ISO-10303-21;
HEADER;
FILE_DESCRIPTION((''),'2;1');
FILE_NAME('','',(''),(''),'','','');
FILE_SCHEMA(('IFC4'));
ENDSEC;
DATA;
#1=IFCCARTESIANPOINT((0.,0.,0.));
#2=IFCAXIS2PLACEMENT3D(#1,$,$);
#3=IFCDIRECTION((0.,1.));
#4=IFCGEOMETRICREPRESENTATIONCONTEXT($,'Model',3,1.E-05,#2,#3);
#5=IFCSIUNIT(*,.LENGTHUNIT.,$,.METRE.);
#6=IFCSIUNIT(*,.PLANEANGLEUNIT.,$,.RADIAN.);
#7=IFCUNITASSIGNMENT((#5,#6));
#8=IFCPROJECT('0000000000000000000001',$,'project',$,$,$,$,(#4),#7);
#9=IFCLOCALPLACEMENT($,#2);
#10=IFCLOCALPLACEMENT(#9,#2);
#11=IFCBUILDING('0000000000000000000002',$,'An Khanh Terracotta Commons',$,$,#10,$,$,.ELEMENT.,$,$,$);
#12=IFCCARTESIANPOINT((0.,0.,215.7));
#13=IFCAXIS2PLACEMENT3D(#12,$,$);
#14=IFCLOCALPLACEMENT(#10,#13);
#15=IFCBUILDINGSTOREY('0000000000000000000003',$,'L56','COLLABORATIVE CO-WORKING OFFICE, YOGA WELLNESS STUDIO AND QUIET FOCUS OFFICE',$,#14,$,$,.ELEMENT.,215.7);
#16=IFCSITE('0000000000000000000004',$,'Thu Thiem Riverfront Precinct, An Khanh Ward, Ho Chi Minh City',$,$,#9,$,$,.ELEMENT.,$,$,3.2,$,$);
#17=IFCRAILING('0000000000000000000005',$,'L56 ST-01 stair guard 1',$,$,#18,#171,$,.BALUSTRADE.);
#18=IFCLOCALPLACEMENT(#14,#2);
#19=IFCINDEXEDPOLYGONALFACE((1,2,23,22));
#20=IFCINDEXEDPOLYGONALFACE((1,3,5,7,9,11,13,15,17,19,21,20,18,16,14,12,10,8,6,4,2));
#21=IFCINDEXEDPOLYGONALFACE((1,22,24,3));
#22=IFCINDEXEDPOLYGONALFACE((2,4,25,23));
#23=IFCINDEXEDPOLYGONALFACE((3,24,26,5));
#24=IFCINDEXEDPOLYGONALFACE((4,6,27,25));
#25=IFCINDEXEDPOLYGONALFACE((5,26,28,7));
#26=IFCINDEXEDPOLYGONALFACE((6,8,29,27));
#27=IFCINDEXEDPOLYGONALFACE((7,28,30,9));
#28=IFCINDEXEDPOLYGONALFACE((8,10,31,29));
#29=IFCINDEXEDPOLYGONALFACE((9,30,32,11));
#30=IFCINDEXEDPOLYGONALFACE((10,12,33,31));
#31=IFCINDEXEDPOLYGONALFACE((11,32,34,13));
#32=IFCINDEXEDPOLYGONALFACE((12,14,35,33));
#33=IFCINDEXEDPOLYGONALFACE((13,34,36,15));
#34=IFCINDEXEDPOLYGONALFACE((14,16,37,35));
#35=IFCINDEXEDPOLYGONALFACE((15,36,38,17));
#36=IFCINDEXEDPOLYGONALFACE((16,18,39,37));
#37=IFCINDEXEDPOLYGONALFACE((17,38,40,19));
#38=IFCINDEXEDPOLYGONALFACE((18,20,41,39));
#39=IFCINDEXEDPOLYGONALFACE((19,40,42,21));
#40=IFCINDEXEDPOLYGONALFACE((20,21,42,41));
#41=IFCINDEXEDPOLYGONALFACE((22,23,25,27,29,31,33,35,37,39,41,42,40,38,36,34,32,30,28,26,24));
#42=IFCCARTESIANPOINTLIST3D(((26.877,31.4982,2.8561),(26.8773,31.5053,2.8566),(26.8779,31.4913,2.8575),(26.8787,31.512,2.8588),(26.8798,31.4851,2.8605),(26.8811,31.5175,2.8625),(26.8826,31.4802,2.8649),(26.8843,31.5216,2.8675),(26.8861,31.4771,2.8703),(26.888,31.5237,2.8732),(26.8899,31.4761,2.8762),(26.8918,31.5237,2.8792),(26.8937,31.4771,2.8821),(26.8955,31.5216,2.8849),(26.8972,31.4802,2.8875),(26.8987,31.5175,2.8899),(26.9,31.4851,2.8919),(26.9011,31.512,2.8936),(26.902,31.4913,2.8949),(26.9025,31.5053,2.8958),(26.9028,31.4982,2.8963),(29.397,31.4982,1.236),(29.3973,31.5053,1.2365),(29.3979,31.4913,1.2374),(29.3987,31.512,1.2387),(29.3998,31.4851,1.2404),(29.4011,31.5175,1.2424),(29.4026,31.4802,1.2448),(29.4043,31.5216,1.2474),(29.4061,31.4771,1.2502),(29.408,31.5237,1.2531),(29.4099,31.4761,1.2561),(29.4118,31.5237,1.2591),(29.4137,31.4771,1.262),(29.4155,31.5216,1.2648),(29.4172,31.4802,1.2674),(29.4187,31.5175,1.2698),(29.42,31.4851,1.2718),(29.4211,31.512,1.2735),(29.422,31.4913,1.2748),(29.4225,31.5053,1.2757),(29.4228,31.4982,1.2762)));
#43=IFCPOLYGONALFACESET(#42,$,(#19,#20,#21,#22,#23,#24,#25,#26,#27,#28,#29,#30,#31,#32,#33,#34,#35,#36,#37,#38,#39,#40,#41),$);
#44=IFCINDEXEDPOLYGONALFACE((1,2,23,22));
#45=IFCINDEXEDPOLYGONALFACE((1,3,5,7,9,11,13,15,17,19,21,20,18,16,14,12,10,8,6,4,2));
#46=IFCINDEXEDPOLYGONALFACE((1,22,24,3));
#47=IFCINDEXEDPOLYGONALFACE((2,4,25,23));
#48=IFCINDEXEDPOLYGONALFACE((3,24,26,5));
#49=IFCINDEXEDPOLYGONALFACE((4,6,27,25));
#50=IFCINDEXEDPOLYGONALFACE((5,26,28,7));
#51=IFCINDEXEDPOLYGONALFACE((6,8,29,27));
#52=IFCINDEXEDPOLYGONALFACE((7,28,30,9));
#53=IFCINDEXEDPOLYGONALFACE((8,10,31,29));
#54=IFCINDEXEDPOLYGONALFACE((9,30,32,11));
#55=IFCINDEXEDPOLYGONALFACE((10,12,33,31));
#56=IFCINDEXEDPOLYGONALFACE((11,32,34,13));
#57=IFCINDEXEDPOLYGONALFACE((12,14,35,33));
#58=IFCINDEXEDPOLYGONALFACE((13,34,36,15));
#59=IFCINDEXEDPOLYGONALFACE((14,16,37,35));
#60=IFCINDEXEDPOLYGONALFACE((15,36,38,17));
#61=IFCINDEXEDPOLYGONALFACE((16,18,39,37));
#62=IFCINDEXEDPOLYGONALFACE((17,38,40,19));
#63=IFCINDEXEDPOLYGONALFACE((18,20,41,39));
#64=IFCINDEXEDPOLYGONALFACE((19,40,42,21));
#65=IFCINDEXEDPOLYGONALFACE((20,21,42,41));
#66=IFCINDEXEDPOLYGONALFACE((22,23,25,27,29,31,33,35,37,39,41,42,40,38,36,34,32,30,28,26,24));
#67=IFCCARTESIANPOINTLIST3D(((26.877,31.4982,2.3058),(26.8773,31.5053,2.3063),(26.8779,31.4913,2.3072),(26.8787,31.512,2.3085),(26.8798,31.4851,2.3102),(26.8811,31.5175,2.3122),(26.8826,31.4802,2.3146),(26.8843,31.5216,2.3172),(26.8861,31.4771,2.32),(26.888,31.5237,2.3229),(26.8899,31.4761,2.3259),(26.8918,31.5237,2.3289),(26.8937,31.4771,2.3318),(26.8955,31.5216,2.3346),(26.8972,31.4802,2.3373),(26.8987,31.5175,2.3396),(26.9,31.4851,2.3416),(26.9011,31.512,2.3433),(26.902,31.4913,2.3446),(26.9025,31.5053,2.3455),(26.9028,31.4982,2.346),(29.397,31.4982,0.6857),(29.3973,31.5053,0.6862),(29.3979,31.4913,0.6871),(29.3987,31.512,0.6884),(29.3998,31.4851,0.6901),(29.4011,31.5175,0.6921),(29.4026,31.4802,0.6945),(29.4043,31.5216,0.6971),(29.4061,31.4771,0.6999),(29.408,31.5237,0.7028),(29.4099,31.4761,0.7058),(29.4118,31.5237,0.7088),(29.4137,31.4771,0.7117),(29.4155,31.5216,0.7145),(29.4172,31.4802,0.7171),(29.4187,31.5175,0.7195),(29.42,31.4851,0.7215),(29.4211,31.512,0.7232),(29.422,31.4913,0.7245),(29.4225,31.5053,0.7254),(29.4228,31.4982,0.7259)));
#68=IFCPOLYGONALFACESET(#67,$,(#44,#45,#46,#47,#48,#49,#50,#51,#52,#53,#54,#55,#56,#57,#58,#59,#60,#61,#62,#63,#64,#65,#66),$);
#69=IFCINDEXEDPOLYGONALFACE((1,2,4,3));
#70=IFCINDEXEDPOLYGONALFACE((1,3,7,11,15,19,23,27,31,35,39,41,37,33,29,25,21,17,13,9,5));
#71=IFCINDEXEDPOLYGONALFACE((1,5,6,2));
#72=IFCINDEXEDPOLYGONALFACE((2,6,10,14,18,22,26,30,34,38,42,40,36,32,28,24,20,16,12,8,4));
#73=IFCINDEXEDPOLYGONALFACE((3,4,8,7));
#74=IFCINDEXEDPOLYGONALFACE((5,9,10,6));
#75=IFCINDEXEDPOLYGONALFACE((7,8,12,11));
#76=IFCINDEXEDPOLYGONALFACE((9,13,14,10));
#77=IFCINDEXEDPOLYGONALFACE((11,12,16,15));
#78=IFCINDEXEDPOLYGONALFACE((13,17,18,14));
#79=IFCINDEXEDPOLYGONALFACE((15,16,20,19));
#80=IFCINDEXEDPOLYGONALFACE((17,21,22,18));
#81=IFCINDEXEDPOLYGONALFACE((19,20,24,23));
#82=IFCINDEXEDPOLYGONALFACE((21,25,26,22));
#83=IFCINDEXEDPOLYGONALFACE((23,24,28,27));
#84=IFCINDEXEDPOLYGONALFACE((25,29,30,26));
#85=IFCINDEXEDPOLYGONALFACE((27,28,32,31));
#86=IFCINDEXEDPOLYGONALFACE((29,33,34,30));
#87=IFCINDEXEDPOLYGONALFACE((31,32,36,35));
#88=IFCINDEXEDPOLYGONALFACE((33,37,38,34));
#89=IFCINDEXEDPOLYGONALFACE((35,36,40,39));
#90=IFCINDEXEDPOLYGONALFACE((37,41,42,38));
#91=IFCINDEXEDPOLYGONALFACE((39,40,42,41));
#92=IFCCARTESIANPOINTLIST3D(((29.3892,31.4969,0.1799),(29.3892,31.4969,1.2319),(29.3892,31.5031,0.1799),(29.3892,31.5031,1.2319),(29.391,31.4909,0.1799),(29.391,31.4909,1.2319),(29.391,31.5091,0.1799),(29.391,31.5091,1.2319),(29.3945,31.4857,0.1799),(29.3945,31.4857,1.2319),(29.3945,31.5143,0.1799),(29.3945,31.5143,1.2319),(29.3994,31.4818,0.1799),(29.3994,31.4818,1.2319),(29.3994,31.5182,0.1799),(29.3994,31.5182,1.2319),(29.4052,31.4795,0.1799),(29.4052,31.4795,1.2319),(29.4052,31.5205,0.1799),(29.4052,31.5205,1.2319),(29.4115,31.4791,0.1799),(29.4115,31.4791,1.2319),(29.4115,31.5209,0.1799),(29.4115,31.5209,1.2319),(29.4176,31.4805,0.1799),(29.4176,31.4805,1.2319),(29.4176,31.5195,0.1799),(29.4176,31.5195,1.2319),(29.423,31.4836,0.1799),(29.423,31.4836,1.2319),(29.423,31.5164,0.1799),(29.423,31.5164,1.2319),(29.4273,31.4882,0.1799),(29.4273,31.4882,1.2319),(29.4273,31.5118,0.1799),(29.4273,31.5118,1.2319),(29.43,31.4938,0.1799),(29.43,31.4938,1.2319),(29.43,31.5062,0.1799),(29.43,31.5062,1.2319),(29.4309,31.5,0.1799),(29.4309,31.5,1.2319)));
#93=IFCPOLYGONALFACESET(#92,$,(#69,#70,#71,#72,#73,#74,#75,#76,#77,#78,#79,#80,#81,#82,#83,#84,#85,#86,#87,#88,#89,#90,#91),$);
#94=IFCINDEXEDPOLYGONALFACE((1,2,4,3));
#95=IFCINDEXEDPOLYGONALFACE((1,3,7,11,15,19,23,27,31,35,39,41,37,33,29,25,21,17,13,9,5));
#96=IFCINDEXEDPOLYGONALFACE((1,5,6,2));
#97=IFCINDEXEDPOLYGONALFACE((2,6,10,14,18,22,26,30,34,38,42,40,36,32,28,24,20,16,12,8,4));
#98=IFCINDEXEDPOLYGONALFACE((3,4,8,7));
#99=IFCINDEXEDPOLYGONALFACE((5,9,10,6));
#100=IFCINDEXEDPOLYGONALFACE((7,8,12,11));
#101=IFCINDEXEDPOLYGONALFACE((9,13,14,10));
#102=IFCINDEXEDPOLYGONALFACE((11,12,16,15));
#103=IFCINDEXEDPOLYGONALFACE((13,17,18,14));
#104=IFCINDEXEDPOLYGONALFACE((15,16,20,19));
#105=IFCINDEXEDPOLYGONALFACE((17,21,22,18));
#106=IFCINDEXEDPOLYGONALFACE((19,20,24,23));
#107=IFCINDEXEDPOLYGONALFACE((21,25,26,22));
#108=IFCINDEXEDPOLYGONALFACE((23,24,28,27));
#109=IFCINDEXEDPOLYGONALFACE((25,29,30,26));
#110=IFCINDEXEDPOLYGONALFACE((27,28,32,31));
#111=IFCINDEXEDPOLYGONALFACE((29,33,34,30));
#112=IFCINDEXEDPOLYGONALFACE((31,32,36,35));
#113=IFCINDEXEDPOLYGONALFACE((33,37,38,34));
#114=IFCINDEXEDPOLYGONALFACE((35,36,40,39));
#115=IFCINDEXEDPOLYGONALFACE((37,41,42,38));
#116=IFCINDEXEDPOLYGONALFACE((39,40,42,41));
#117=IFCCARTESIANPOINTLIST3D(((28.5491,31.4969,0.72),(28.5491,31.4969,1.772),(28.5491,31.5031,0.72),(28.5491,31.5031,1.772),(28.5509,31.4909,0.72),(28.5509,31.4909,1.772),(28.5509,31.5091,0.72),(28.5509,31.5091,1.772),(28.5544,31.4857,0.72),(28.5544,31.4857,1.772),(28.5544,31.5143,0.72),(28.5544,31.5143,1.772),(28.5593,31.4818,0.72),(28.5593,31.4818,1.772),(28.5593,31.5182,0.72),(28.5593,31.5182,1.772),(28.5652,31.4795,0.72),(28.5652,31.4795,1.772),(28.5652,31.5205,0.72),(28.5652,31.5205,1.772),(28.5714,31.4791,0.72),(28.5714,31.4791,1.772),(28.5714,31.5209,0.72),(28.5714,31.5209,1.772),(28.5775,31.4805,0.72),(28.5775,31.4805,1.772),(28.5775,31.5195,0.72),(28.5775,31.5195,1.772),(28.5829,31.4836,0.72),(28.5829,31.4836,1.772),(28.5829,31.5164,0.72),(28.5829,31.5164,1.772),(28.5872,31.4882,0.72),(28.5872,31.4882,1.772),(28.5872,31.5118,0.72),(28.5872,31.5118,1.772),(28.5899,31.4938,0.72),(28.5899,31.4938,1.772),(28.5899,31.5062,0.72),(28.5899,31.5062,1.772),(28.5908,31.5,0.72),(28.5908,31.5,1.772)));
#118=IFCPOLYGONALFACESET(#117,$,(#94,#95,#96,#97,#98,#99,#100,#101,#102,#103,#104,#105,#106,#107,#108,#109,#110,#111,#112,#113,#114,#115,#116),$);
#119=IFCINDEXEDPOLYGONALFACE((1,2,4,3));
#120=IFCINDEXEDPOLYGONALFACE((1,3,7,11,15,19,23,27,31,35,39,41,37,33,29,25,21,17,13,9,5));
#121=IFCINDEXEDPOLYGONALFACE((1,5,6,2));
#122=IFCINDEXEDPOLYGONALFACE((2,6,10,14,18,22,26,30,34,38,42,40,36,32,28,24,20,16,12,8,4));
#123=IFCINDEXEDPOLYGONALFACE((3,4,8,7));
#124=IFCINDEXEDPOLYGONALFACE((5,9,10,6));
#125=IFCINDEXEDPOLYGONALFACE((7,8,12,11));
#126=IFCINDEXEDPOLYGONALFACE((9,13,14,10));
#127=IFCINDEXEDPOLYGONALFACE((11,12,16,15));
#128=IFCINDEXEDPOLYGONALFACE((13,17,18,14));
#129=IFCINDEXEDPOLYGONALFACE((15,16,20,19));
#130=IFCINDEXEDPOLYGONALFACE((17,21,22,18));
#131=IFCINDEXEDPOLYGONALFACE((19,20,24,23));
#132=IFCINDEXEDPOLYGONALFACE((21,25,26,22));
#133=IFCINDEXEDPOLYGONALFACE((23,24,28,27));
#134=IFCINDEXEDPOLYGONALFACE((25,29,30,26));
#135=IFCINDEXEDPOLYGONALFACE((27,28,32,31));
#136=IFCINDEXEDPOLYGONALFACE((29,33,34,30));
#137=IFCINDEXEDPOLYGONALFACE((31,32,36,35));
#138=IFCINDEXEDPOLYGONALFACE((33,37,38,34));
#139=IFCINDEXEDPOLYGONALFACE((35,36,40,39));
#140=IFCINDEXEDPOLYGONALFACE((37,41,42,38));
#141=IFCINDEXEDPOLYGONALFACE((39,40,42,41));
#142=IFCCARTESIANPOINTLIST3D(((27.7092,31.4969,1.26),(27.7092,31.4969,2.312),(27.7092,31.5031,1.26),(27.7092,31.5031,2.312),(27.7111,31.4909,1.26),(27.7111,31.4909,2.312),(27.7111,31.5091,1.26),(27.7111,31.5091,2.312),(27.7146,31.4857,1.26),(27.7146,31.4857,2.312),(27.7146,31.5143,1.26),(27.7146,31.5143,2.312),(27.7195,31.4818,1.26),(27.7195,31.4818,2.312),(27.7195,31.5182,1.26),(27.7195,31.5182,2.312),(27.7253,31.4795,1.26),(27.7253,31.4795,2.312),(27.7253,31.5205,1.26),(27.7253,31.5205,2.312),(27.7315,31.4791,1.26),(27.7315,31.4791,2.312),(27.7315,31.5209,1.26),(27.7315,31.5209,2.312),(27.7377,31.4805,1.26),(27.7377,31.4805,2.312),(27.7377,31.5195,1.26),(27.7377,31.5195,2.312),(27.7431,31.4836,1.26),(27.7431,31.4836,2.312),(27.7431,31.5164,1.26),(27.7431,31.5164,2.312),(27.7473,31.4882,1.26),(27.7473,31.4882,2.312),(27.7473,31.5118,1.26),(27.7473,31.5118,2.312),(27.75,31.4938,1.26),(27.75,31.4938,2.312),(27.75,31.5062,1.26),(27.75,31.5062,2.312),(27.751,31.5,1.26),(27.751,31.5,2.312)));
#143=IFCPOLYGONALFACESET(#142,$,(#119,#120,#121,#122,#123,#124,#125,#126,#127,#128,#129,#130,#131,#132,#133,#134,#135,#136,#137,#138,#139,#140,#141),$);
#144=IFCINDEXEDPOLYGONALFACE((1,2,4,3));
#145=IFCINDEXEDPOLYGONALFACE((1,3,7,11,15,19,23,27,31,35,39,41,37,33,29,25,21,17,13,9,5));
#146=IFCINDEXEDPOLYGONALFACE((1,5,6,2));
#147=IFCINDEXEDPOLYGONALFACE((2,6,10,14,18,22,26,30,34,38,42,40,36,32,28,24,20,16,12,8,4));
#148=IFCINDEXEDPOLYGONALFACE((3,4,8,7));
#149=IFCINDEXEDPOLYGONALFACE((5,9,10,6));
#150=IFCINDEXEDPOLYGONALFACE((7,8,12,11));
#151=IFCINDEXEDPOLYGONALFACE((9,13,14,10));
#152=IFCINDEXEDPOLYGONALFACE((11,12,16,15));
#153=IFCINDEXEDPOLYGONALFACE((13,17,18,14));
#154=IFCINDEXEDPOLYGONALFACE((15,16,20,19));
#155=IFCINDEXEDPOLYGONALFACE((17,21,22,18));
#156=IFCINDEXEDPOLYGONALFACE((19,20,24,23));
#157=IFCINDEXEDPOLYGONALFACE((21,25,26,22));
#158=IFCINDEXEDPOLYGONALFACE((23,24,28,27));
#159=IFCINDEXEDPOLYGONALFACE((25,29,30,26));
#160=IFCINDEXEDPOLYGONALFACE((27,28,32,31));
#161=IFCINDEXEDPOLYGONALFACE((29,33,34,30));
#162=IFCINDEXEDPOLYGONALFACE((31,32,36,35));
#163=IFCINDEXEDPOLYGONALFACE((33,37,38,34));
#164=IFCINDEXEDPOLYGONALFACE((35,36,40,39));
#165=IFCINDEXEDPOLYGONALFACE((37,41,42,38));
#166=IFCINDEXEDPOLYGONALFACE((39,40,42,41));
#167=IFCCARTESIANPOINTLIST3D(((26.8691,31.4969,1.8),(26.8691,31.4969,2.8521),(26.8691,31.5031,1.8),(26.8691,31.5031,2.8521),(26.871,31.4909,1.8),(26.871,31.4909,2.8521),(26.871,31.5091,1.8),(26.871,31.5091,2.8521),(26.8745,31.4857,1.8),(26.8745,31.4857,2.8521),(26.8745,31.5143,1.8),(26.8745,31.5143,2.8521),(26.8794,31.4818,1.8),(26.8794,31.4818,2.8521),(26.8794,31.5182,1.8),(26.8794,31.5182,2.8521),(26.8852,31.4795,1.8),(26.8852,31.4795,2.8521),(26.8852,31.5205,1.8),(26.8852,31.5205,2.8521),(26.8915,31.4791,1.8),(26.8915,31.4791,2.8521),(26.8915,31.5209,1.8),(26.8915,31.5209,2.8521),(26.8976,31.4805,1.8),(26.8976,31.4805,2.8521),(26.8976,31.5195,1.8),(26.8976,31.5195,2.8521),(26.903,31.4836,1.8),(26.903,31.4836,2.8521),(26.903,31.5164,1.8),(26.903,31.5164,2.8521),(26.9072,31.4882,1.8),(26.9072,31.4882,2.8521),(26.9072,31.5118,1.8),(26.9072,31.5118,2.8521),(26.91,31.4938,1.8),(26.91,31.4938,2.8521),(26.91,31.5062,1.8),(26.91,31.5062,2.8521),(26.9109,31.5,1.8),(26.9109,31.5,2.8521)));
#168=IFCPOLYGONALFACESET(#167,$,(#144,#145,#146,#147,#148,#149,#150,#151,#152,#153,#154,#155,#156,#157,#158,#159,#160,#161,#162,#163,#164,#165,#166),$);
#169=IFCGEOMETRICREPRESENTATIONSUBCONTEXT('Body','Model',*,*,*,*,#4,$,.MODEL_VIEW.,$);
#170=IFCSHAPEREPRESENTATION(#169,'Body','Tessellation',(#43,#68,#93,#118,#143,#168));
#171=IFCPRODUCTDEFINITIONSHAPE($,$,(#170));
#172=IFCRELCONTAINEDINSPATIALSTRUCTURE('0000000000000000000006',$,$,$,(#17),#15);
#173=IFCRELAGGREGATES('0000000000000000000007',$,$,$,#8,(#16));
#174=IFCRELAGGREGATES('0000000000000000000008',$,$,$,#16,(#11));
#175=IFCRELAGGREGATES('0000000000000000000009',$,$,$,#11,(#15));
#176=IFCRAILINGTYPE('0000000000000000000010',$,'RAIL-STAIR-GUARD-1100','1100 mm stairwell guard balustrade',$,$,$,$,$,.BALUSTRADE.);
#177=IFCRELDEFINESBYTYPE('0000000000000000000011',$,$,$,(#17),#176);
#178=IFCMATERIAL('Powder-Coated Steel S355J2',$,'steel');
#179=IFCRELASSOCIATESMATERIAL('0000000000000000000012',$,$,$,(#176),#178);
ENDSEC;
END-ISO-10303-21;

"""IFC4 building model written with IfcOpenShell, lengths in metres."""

from ifc_helpers import new_model, si_unit, direction, frame, origin, origin_2d, place, context, subcontext, project, spatial, circle, extrude, material, type_object, element, save


model = new_model("IFC4")

# Units and contexts
model_context = context("Model", 3, precision=1e-05, world=origin(), true_north=direction((0.0, 1.0)))
body_context = subcontext(model_context, "Body", "Model", "MODEL_VIEW")
ifc_project = project(units=[si_unit("LENGTHUNIT", "METRE"), si_unit("PLANEANGLEUNIT", "RADIAN")], contexts=[model_context])

# Site, building, storey
site_placement = place(None, origin())
site = spatial("IfcSite", under=ifc_project, at=site_placement, Name="Thu Thiem Riverfront Precinct, An Khanh Ward, Ho Chi Minh City", CompositionType="ELEMENT", RefElevation=3.2)
building_placement = place(site_placement, origin())
building = spatial("IfcBuilding", under=site, at=building_placement, Name="An Khanh Terracotta Commons", CompositionType="ELEMENT")
storey_placement = place(building_placement, frame((0.0, 0.0, 215.7)))
storey = spatial("IfcBuildingStorey", under=building, at=storey_placement, Name="L56", Description="COLLABORATIVE CO-WORKING OFFICE, YOGA WELLNESS STUDIO AND QUIET FOCUS OFFICE", CompositionType="ELEMENT", Elevation=215.7)

# Railing
ifc_material_1 = material(Name="Powder-Coated Steel S355J2", Category="steel")
railing_type_1 = type_object("IfcRailingType", Name="RAIL-STAIR-GUARD-1100", Description="1100 mm stairwell guard balustrade", PredefinedType="BALUSTRADE", material=ifc_material_1)
railing_1_placement = place(storey_placement, frame((29.4099, 31.5, 0.1799)))
element("IfcRailing", 1, at=railing_1_placement, inside=storey, type_object=railing_type_1, Name="L56 ST-01 stair guard 1", PredefinedType="BALUSTRADE", context=body_context, shape_type="SweptSolid", body=[
    extrude(circle(Radius=0.0239, at=origin_2d()), frame((0.0, 0.0, 1.0762), z_axis=(-0.841163, 0.0, 0.540782), x_axis=(0.0, -1.0, 0.0)), (0.0, 0.0, 1.0), 2.9958),
    extrude(circle(Radius=0.0239, at=origin_2d()), frame((0.0, 0.0, 0.5259), z_axis=(-0.841163, 0.0, 0.540782), x_axis=(0.0, -1.0, 0.0)), (0.0, 0.0, 1.0), 2.9958),
    extrude(circle(Radius=0.021, at=origin_2d()), origin(), (0.0, 0.0, 1.0), 1.052),
    extrude(circle(Radius=0.021, at=origin_2d()), frame((-0.8401, 0.0, 0.54)), (0.0, 0.0, 1.0), 1.052),
    extrude(circle(Radius=0.021, at=origin_2d()), frame((-1.6799, 0.0, 1.0801)), (0.0, 0.0, 1.0), 1.052),
    extrude(circle(Radius=0.021, at=origin_2d()), frame((-2.52, 0.0, 1.6201)), (0.0, 0.0, 1.0), 1.052),
])

save(model, "model.ifc")
